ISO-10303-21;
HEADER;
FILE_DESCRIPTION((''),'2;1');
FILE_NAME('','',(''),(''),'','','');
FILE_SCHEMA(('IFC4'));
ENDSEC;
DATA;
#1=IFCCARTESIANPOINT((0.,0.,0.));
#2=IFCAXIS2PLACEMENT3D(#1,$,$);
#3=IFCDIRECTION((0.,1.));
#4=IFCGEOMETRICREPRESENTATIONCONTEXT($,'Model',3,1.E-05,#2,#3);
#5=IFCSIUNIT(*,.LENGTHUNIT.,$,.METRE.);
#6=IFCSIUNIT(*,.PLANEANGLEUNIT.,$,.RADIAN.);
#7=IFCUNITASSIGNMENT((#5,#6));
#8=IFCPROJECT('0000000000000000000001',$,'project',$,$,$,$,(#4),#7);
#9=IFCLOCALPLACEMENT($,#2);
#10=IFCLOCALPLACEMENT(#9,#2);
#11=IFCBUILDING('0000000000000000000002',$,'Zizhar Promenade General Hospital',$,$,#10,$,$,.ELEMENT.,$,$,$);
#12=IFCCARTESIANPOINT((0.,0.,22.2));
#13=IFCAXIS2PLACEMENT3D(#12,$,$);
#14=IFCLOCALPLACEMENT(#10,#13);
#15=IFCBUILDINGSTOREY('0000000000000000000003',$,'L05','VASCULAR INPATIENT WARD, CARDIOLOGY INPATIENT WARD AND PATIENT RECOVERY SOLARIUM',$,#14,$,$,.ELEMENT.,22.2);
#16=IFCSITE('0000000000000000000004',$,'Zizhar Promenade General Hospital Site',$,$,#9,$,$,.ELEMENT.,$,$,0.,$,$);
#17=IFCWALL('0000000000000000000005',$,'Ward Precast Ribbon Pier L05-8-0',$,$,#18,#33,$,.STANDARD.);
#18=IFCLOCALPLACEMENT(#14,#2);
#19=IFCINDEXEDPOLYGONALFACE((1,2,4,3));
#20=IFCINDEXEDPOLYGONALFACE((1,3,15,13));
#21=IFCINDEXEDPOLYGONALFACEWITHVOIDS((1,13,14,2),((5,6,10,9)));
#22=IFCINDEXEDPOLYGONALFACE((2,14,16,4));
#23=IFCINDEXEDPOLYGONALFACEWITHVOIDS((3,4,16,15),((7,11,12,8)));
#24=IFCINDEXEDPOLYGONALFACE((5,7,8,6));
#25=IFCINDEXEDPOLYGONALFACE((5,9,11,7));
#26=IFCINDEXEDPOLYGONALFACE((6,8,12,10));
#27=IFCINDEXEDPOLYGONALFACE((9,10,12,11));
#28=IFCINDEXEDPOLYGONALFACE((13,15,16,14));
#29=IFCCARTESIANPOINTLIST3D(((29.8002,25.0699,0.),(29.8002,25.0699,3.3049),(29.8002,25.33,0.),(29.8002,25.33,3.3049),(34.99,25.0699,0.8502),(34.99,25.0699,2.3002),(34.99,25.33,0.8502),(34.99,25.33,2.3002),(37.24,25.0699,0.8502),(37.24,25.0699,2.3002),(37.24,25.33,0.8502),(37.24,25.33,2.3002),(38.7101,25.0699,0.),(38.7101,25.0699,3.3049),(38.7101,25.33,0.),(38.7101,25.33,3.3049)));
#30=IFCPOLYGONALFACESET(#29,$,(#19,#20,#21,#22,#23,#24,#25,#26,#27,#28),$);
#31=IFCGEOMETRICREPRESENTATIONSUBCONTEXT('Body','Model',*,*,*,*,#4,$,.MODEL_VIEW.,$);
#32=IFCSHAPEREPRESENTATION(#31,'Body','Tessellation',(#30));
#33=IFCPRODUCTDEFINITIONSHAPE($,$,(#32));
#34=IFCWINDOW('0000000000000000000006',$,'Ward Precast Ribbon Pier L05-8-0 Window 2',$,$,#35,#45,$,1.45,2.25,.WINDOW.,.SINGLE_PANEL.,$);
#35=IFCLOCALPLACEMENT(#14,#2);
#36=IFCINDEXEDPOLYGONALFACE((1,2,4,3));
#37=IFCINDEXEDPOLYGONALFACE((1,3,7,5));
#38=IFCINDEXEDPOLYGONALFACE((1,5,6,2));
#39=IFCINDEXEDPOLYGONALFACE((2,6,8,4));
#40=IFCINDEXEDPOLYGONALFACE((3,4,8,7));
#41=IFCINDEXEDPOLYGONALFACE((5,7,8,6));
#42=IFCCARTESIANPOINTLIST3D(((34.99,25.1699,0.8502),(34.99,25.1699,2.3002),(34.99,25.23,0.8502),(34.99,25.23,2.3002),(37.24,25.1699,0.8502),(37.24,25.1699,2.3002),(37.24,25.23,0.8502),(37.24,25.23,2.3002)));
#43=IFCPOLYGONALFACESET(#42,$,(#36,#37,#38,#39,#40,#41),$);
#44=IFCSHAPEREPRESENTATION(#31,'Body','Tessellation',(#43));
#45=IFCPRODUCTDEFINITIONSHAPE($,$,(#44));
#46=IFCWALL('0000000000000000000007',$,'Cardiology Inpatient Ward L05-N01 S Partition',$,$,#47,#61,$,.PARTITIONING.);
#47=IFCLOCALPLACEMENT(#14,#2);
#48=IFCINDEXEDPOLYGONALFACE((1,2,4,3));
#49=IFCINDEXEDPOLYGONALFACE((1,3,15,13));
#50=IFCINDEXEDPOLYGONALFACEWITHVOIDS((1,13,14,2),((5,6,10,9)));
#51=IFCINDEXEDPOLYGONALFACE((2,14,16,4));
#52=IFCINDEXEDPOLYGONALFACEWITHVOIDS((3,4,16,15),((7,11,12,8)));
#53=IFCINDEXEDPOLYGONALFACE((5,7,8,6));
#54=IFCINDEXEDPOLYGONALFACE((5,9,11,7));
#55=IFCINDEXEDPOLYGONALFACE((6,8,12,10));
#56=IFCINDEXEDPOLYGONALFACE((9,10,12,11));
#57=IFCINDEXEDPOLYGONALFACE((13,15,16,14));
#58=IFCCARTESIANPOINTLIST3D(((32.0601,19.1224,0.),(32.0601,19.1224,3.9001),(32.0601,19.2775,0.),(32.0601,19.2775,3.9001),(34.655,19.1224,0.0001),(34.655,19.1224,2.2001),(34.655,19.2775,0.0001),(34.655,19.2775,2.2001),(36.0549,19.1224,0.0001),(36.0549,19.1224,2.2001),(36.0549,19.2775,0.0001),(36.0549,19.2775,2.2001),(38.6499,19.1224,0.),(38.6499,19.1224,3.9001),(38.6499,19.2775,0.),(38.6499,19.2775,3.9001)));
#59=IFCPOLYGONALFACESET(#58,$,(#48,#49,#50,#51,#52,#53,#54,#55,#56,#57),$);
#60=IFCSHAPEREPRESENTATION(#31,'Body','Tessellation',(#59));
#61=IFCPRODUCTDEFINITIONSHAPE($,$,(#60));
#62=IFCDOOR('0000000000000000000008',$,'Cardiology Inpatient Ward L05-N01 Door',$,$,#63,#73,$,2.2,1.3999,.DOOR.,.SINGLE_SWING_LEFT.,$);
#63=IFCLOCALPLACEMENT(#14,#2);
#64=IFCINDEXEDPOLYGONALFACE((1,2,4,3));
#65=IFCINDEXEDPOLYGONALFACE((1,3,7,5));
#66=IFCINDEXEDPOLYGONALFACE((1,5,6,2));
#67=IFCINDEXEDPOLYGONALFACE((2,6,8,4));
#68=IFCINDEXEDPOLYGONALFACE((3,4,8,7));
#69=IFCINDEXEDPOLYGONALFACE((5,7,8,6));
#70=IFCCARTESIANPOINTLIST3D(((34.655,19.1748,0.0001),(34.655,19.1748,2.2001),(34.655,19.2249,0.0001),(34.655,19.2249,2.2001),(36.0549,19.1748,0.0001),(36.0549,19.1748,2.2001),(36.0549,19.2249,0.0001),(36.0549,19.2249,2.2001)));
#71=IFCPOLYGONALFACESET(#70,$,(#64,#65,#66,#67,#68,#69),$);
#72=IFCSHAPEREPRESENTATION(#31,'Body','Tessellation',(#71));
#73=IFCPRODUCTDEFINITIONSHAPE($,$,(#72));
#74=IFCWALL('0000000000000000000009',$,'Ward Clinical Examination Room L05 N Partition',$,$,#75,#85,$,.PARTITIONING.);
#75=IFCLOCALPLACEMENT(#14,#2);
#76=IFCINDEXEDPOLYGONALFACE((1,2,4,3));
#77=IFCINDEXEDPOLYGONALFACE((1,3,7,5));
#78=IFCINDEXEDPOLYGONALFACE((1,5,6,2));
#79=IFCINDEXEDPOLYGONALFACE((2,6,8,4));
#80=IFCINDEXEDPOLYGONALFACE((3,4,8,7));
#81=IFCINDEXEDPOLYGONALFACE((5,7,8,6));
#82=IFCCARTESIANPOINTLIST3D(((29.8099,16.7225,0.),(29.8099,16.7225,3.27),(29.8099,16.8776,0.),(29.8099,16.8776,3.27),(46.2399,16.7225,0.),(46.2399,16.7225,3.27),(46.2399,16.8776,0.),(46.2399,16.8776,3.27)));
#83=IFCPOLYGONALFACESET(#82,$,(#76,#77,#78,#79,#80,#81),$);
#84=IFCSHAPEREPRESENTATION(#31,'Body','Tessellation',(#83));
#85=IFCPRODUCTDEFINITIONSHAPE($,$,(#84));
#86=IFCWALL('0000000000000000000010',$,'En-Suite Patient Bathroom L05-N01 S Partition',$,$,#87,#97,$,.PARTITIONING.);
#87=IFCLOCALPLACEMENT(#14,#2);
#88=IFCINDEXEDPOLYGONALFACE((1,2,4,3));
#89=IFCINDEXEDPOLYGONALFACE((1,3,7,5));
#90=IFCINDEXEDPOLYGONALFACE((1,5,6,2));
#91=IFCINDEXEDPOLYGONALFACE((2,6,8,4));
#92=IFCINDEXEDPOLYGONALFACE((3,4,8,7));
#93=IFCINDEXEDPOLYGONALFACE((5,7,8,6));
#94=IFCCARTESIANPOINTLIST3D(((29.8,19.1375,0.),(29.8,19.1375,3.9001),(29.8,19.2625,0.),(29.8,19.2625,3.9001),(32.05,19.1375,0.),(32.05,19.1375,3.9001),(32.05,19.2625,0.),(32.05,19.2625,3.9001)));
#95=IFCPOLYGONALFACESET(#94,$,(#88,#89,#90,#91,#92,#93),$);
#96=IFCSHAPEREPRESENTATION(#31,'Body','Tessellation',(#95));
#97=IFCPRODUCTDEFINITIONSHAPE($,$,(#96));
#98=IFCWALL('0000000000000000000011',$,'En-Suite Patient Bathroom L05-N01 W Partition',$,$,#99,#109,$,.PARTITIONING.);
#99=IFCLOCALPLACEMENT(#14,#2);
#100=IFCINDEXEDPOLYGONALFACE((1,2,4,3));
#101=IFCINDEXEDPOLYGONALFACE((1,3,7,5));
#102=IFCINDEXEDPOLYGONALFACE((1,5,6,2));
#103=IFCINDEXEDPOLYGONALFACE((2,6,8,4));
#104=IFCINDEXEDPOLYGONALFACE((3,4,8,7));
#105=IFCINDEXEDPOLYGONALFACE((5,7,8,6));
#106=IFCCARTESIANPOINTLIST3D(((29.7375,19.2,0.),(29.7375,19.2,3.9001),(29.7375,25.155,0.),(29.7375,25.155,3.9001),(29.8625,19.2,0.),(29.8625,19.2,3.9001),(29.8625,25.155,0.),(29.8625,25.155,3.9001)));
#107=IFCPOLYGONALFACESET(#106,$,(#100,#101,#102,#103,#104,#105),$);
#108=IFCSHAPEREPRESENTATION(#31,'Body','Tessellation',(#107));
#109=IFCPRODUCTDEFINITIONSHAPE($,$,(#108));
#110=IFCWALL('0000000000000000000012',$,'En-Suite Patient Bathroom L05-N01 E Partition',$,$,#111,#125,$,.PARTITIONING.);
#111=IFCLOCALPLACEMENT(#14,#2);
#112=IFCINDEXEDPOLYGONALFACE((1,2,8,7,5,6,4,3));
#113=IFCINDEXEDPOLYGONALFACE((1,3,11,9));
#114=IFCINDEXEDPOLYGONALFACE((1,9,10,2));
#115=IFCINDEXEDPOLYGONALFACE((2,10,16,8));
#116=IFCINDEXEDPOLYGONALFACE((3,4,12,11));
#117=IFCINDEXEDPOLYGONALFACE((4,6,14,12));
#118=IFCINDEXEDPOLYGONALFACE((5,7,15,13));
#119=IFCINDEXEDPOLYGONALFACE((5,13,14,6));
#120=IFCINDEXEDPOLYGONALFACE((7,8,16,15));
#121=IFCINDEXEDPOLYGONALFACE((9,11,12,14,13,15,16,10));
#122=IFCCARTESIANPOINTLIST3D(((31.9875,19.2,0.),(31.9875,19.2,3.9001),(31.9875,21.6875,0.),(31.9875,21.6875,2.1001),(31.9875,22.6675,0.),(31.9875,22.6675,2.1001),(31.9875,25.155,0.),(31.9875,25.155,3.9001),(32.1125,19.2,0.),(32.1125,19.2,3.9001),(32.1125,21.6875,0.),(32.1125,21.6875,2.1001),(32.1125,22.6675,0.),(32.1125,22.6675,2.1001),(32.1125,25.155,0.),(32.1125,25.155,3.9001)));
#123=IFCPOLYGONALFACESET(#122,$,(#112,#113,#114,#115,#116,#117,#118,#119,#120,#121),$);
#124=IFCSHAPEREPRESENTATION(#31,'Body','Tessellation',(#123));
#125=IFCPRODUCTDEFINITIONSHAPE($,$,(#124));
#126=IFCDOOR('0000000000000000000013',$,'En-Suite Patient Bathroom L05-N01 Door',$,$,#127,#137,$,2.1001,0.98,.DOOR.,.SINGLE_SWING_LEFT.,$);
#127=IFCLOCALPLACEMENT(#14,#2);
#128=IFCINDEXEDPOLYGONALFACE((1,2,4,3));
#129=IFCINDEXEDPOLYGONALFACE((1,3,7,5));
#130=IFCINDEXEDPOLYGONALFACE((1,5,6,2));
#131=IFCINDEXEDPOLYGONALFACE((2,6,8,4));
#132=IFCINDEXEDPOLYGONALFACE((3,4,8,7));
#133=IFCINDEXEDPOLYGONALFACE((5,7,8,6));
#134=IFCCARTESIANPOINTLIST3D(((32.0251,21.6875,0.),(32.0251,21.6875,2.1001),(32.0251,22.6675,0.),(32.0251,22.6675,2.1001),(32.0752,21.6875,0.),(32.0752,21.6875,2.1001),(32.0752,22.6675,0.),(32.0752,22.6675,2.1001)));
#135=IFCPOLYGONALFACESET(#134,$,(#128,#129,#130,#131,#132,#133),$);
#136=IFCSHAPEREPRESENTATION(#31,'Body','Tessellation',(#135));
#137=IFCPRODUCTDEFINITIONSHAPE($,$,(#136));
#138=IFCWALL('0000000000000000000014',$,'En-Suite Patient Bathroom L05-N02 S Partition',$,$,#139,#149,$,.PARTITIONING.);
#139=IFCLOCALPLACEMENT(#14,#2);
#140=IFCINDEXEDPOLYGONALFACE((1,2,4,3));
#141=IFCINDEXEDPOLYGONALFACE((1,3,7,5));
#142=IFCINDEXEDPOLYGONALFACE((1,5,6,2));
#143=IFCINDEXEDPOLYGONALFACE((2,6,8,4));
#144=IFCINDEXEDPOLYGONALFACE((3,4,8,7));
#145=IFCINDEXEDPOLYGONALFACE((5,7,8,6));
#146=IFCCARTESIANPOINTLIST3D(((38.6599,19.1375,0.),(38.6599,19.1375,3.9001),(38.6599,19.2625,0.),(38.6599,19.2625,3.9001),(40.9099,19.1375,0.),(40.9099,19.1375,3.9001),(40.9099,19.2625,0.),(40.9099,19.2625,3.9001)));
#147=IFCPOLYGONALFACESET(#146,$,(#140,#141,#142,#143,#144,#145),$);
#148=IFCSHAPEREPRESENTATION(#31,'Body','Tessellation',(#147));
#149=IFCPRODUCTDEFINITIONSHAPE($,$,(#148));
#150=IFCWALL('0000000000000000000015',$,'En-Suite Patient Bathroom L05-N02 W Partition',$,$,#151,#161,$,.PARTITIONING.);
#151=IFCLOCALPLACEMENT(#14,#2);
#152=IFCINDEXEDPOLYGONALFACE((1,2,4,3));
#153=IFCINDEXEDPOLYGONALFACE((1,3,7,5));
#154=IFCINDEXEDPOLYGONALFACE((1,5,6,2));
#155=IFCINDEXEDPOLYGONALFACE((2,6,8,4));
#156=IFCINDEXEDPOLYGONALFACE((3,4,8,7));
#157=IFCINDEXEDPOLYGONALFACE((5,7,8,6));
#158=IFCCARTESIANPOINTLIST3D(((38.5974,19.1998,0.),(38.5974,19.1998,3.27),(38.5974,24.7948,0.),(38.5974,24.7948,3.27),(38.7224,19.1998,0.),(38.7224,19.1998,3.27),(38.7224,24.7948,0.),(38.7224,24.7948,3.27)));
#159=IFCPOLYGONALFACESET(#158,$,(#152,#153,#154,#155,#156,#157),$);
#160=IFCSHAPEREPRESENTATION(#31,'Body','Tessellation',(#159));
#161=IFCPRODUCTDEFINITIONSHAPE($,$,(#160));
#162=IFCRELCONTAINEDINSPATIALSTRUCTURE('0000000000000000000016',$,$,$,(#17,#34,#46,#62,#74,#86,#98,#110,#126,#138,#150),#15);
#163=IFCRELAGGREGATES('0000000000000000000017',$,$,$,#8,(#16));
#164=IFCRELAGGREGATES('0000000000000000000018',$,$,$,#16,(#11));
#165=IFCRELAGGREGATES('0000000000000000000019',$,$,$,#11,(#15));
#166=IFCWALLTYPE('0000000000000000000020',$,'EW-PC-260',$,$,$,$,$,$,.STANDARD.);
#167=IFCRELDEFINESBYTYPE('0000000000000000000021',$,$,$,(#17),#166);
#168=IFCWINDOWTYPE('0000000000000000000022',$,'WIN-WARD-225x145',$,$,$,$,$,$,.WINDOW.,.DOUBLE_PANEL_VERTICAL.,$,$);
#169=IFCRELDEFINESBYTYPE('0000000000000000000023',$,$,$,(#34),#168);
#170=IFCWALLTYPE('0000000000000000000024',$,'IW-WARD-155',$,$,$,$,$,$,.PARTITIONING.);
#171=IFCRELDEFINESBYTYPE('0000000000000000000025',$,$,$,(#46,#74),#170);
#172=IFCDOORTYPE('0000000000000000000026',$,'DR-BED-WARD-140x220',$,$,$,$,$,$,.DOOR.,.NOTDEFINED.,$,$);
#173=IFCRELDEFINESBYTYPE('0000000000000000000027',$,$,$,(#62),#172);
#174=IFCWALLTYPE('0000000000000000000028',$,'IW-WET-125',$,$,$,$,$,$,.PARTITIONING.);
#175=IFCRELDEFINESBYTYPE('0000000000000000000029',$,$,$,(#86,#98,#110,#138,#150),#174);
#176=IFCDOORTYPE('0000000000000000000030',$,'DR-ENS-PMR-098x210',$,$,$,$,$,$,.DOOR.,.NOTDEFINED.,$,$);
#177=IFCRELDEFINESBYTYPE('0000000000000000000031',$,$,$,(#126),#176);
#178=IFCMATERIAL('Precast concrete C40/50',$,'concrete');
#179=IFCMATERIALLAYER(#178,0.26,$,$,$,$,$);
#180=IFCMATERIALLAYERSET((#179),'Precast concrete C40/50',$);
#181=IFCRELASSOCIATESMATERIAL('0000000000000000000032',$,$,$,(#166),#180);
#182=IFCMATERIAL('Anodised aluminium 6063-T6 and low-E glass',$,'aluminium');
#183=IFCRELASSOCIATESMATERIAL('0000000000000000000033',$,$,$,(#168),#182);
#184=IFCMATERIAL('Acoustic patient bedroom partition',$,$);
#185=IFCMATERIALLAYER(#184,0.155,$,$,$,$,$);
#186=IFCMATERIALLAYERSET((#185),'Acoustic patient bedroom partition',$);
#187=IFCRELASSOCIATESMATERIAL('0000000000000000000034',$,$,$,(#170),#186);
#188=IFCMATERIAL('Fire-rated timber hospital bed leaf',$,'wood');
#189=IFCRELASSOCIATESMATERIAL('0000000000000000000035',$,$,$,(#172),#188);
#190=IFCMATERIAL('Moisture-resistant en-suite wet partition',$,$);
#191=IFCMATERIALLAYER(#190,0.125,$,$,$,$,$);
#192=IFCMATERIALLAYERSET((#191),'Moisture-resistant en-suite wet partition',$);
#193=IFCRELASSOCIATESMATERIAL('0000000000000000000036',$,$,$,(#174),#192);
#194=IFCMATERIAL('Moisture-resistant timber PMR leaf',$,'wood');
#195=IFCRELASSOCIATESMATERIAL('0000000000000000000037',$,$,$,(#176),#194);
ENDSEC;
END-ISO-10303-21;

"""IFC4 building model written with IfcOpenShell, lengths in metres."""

from ifc_helpers import new_model, si_unit, direction, frame, frame_2d, origin, place, context, subcontext, project, spatial, rectangle, extrude, material, layer, layer_set, type_object, element, fill, save


model = new_model("IFC4")

# Units and contexts
model_context = context("Model", 3, precision=1e-05, world=origin(), true_north=direction((0.0, 1.0)))
body_context = subcontext(model_context, "Body", "Model", "MODEL_VIEW")
ifc_project = project(units=[si_unit("LENGTHUNIT", "METRE"), si_unit("PLANEANGLEUNIT", "RADIAN")], contexts=[model_context])

# Site, building, storey
site_placement = place(None, origin())
site = spatial("IfcSite", under=ifc_project, at=site_placement, Name="Zizhar Promenade General Hospital Site", CompositionType="ELEMENT", RefElevation=0.0)
building_placement = place(site_placement, origin())
building = spatial("IfcBuilding", under=site, at=building_placement, Name="Zizhar Promenade General Hospital", CompositionType="ELEMENT")
storey_placement = place(building_placement, frame((0.0, 0.0, 22.2)))
storey = spatial("IfcBuildingStorey", under=building, at=storey_placement, Name="L05", Description="VASCULAR INPATIENT WARD, CARDIOLOGY INPATIENT WARD AND PATIENT RECOVERY SOLARIUM", CompositionType="ELEMENT", Elevation=22.2)

# Wall, opening, window
ifc_material_1 = material(Name="Precast concrete C40/50", Category="concrete")
ifc_layer_1 = layer(ifc_material_1, 0.26)
ifc_layer_set_1 = layer_set([ifc_layer_1], Name="Precast concrete C40/50")
wall_type_1 = type_object("IfcWallType", Name="EW-PC-260", PredefinedType="STANDARD", material=ifc_layer_set_1)
wall_1_placement = place(storey_placement, frame((29.8, 25.2, 0.0), z_axis=(0.0, 0.0, 1.0), x_axis=(1.0, 0.0, 0.0)))
wall_1 = element("IfcWall", 1, at=wall_1_placement, inside=storey, type_object=wall_type_1, Name="Ward Precast Ribbon Pier L05-8-0", PredefinedType="STANDARD", context=body_context, shape_type="SweptSolid", body=[
    extrude(rectangle(XDim=8.9099, YDim=0.26, at=frame_2d((4.4551, 0.0))), origin(), (0.0, 0.0, 1.0), 3.3049),
])
opening_1_placement = place(wall_1_placement, frame((5.1899, 0.0, 0.8501)))
opening_1 = element("IfcOpeningElement", 2, at=opening_1_placement, cuts=wall_1, PredefinedType="OPENING", context=body_context, shape_type="SweptSolid", body=[
    extrude(rectangle(XDim=2.25, YDim=1.45, at=frame_2d((1.125, 0.7251))), frame((0.0, 0.1401, 0.0), z_axis=(0.0, -1.0, 0.0), x_axis=(1.0, 0.0, 0.0)), (0.0, 0.0, 1.0), 0.28),
])
ifc_material_2 = material(Name="Anodised aluminium 6063-T6 and low-E glass", Category="aluminium")
window_type = type_object("IfcWindowType", Name="WIN-WARD-225x145", PartitioningType="DOUBLE_PANEL_VERTICAL", PredefinedType="WINDOW", material=ifc_material_2)
window_placement = place(opening_1_placement, origin())
window = element("IfcWindow", 3, at=window_placement, inside=storey, type_object=window_type, Name="Ward Precast Ribbon Pier L05-8-0 Window 2", OverallHeight=1.45, OverallWidth=2.25, PartitioningType="SINGLE_PANEL", PredefinedType="WINDOW", context=body_context, shape_type="SweptSolid", body=[
    extrude(rectangle(XDim=2.25, YDim=1.45, at=frame_2d((1.125, 0.7251))), frame((0.0, 0.03, 0.0), z_axis=(0.0, -1.0, 0.0), x_axis=(1.0, 0.0, 0.0)), (0.0, 0.0, 1.0), 0.0601),
])
fill(opening_1, window)

# Wall, opening, door
ifc_material_3 = material(Name="Acoustic patient bedroom partition")
ifc_layer_2 = layer(ifc_material_3, 0.155)
ifc_layer_set_2 = layer_set([ifc_layer_2], Name="Acoustic patient bedroom partition")
wall_type_2 = type_object("IfcWallType", Name="IW-WARD-155", PredefinedType="PARTITIONING", material=ifc_layer_set_2)
wall_2_placement = place(storey_placement, frame((32.0601, 19.2, 0.0), z_axis=(0.0, 0.0, 1.0), x_axis=(1.0, 0.0, 0.0)))
wall_2 = element("IfcWall", 4, at=wall_2_placement, inside=storey, type_object=wall_type_2, Name="Cardiology Inpatient Ward L05-N01 S Partition", PredefinedType="PARTITIONING", context=body_context, shape_type="SweptSolid", body=[
    extrude(rectangle(XDim=6.5898, YDim=0.155, at=frame_2d((3.2949, 0.0))), origin(), (0.0, 0.0, 1.0), 3.9001),
])
opening_2_placement = place(wall_2_placement, frame((2.595, 0.0, 0.0)))
opening_2 = element("IfcOpeningElement", 5, at=opening_2_placement, cuts=wall_2, PredefinedType="OPENING", context=body_context, shape_type="SweptSolid", body=[
    extrude(rectangle(XDim=1.3999, YDim=2.2, at=frame_2d((0.7, 1.1001))), frame((0.0, 0.0874, 0.0), z_axis=(0.0, -1.0, 0.0), x_axis=(1.0, 0.0, 0.0)), (0.0, 0.0, 1.0), 0.175),
])
ifc_material_4 = material(Name="Fire-rated timber hospital bed leaf", Category="wood")
door_type_1 = type_object("IfcDoorType", Name="DR-BED-WARD-140x220", OperationType="NOTDEFINED", PredefinedType="DOOR", material=ifc_material_4)
door_1_placement = place(opening_2_placement, origin())
door_1 = element("IfcDoor", 6, at=door_1_placement, inside=storey, type_object=door_type_1, Name="Cardiology Inpatient Ward L05-N01 Door", OperationType="SINGLE_SWING_LEFT", OverallHeight=2.2, OverallWidth=1.3999, PredefinedType="DOOR", context=body_context, shape_type="SweptSolid", body=[
    extrude(rectangle(XDim=1.3999, YDim=2.2, at=frame_2d((0.7, 1.1001))), frame((0.0, 0.0249, 0.0), z_axis=(0.0, -1.0, 0.0), x_axis=(1.0, 0.0, 0.0)), (0.0, 0.0, 1.0), 0.05),
])
fill(opening_2, door_1)

# Walls
wall_3_placement = place(storey_placement, frame((29.8101, 16.8, 0.0), z_axis=(0.0, 0.0, 1.0), x_axis=(1.0, 0.0, 0.0)))
element("IfcWall", 7, at=wall_3_placement, inside=storey, type_object=wall_type_2, Name="Ward Clinical Examination Room L05 N Partition", PredefinedType="PARTITIONING", context=body_context, shape_type="SweptSolid", body=[
    extrude(rectangle(XDim=16.4299, YDim=0.155, at=frame_2d((8.2148, 0.0))), origin(), (0.0, 0.0, 1.0), 3.27),
])
ifc_material_5 = material(Name="Moisture-resistant en-suite wet partition")
ifc_layer_3 = layer(ifc_material_5, 0.125)
ifc_layer_set_3 = layer_set([ifc_layer_3], Name="Moisture-resistant en-suite wet partition")
wall_type_3 = type_object("IfcWallType", Name="IW-WET-125", PredefinedType="PARTITIONING", material=ifc_layer_set_3)
wall_4_placement = place(storey_placement, frame((29.8, 19.2, 0.0), z_axis=(0.0, 0.0, 1.0), x_axis=(1.0, 0.0, 0.0)))
element("IfcWall", 8, at=wall_4_placement, inside=storey, type_object=wall_type_3, Name="En-Suite Patient Bathroom L05-N01 S Partition", PredefinedType="PARTITIONING", context=body_context, shape_type="SweptSolid", body=[
    extrude(rectangle(XDim=2.25, YDim=0.125, at=frame_2d((1.125, 0.0))), origin(), (0.0, 0.0, 1.0), 3.9001),
])
wall_5_placement = place(storey_placement, frame((29.8, 19.2, 0.0), z_axis=(0.0, 0.0, 1.0), x_axis=(0.0, 1.0, 0.0)))
element("IfcWall", 9, at=wall_5_placement, inside=storey, type_object=wall_type_3, Name="En-Suite Patient Bathroom L05-N01 W Partition", PredefinedType="PARTITIONING", context=body_context, shape_type="SweptSolid", body=[
    extrude(rectangle(XDim=5.9551, YDim=0.125, at=frame_2d((2.9775, 0.0))), origin(), (0.0, 0.0, 1.0), 3.9001),
])

# Wall, opening, door
wall_6_placement = place(storey_placement, frame((32.05, 19.2, 0.0), z_axis=(0.0, 0.0, 1.0), x_axis=(0.0, 1.0, 0.0)))
wall_6 = element("IfcWall", 10, at=wall_6_placement, inside=storey, type_object=wall_type_3, Name="En-Suite Patient Bathroom L05-N01 E Partition", PredefinedType="PARTITIONING", context=body_context, shape_type="SweptSolid", body=[
    extrude(rectangle(XDim=5.9551, YDim=0.125, at=frame_2d((2.9775, 0.0))), origin(), (0.0, 0.0, 1.0), 3.9001),
])
opening_3_placement = place(wall_6_placement, frame((2.4875, 0.0, 0.0)))
opening_3 = element("IfcOpeningElement", 11, at=opening_3_placement, cuts=wall_6, PredefinedType="OPENING", context=body_context, shape_type="SweptSolid", body=[
    extrude(rectangle(XDim=0.98, YDim=2.1001, at=frame_2d((0.49, 1.05))), frame((0.0, 0.0725, 0.0), z_axis=(0.0, -1.0, 0.0), x_axis=(1.0, 0.0, 0.0)), (0.0, 0.0, 1.0), 0.145),
])
ifc_material_6 = material(Name="Moisture-resistant timber PMR leaf", Category="wood")
door_type_2 = type_object("IfcDoorType", Name="DR-ENS-PMR-098x210", OperationType="NOTDEFINED", PredefinedType="DOOR", material=ifc_material_6)
door_2_placement = place(opening_3_placement, origin())
door_2 = element("IfcDoor", 12, at=door_2_placement, inside=storey, type_object=door_type_2, Name="En-Suite Patient Bathroom L05-N01 Door", OperationType="SINGLE_SWING_LEFT", OverallHeight=2.1001, OverallWidth=0.98, PredefinedType="DOOR", context=body_context, shape_type="SweptSolid", body=[
    extrude(rectangle(XDim=0.98, YDim=2.1001, at=frame_2d((0.49, 1.05))), frame((0.0, 0.0249, 0.0), z_axis=(0.0, -1.0, 0.0), x_axis=(1.0, 0.0, 0.0)), (0.0, 0.0, 1.0), 0.05),
])
fill(opening_3, door_2)

# Walls
wall_7_placement = place(storey_placement, frame((38.6599, 19.2, 0.0), z_axis=(0.0, 0.0, 1.0), x_axis=(1.0, 0.0, 0.0)))
element("IfcWall", 13, at=wall_7_placement, inside=storey, type_object=wall_type_3, Name="En-Suite Patient Bathroom L05-N02 S Partition", PredefinedType="PARTITIONING", context=body_context, shape_type="SweptSolid", body=[
    extrude(rectangle(XDim=2.25, YDim=0.125, at=frame_2d((1.125, 0.0))), origin(), (0.0, 0.0, 1.0), 3.9001),
])
wall_8_placement = place(storey_placement, frame((38.6599, 19.2, 0.0), z_axis=(0.0, 0.0, 1.0), x_axis=(0.0, 1.0, 0.0)))
element("IfcWall", 14, at=wall_8_placement, inside=storey, type_object=wall_type_3, Name="En-Suite Patient Bathroom L05-N02 W Partition", PredefinedType="PARTITIONING", context=body_context, shape_type="SweptSolid", body=[
    extrude(rectangle(XDim=5.595, YDim=0.125, at=frame_2d((2.7974, 0.0))), origin(), (0.0, 0.0, 1.0), 3.27),
])

save(model, "model.ifc")
